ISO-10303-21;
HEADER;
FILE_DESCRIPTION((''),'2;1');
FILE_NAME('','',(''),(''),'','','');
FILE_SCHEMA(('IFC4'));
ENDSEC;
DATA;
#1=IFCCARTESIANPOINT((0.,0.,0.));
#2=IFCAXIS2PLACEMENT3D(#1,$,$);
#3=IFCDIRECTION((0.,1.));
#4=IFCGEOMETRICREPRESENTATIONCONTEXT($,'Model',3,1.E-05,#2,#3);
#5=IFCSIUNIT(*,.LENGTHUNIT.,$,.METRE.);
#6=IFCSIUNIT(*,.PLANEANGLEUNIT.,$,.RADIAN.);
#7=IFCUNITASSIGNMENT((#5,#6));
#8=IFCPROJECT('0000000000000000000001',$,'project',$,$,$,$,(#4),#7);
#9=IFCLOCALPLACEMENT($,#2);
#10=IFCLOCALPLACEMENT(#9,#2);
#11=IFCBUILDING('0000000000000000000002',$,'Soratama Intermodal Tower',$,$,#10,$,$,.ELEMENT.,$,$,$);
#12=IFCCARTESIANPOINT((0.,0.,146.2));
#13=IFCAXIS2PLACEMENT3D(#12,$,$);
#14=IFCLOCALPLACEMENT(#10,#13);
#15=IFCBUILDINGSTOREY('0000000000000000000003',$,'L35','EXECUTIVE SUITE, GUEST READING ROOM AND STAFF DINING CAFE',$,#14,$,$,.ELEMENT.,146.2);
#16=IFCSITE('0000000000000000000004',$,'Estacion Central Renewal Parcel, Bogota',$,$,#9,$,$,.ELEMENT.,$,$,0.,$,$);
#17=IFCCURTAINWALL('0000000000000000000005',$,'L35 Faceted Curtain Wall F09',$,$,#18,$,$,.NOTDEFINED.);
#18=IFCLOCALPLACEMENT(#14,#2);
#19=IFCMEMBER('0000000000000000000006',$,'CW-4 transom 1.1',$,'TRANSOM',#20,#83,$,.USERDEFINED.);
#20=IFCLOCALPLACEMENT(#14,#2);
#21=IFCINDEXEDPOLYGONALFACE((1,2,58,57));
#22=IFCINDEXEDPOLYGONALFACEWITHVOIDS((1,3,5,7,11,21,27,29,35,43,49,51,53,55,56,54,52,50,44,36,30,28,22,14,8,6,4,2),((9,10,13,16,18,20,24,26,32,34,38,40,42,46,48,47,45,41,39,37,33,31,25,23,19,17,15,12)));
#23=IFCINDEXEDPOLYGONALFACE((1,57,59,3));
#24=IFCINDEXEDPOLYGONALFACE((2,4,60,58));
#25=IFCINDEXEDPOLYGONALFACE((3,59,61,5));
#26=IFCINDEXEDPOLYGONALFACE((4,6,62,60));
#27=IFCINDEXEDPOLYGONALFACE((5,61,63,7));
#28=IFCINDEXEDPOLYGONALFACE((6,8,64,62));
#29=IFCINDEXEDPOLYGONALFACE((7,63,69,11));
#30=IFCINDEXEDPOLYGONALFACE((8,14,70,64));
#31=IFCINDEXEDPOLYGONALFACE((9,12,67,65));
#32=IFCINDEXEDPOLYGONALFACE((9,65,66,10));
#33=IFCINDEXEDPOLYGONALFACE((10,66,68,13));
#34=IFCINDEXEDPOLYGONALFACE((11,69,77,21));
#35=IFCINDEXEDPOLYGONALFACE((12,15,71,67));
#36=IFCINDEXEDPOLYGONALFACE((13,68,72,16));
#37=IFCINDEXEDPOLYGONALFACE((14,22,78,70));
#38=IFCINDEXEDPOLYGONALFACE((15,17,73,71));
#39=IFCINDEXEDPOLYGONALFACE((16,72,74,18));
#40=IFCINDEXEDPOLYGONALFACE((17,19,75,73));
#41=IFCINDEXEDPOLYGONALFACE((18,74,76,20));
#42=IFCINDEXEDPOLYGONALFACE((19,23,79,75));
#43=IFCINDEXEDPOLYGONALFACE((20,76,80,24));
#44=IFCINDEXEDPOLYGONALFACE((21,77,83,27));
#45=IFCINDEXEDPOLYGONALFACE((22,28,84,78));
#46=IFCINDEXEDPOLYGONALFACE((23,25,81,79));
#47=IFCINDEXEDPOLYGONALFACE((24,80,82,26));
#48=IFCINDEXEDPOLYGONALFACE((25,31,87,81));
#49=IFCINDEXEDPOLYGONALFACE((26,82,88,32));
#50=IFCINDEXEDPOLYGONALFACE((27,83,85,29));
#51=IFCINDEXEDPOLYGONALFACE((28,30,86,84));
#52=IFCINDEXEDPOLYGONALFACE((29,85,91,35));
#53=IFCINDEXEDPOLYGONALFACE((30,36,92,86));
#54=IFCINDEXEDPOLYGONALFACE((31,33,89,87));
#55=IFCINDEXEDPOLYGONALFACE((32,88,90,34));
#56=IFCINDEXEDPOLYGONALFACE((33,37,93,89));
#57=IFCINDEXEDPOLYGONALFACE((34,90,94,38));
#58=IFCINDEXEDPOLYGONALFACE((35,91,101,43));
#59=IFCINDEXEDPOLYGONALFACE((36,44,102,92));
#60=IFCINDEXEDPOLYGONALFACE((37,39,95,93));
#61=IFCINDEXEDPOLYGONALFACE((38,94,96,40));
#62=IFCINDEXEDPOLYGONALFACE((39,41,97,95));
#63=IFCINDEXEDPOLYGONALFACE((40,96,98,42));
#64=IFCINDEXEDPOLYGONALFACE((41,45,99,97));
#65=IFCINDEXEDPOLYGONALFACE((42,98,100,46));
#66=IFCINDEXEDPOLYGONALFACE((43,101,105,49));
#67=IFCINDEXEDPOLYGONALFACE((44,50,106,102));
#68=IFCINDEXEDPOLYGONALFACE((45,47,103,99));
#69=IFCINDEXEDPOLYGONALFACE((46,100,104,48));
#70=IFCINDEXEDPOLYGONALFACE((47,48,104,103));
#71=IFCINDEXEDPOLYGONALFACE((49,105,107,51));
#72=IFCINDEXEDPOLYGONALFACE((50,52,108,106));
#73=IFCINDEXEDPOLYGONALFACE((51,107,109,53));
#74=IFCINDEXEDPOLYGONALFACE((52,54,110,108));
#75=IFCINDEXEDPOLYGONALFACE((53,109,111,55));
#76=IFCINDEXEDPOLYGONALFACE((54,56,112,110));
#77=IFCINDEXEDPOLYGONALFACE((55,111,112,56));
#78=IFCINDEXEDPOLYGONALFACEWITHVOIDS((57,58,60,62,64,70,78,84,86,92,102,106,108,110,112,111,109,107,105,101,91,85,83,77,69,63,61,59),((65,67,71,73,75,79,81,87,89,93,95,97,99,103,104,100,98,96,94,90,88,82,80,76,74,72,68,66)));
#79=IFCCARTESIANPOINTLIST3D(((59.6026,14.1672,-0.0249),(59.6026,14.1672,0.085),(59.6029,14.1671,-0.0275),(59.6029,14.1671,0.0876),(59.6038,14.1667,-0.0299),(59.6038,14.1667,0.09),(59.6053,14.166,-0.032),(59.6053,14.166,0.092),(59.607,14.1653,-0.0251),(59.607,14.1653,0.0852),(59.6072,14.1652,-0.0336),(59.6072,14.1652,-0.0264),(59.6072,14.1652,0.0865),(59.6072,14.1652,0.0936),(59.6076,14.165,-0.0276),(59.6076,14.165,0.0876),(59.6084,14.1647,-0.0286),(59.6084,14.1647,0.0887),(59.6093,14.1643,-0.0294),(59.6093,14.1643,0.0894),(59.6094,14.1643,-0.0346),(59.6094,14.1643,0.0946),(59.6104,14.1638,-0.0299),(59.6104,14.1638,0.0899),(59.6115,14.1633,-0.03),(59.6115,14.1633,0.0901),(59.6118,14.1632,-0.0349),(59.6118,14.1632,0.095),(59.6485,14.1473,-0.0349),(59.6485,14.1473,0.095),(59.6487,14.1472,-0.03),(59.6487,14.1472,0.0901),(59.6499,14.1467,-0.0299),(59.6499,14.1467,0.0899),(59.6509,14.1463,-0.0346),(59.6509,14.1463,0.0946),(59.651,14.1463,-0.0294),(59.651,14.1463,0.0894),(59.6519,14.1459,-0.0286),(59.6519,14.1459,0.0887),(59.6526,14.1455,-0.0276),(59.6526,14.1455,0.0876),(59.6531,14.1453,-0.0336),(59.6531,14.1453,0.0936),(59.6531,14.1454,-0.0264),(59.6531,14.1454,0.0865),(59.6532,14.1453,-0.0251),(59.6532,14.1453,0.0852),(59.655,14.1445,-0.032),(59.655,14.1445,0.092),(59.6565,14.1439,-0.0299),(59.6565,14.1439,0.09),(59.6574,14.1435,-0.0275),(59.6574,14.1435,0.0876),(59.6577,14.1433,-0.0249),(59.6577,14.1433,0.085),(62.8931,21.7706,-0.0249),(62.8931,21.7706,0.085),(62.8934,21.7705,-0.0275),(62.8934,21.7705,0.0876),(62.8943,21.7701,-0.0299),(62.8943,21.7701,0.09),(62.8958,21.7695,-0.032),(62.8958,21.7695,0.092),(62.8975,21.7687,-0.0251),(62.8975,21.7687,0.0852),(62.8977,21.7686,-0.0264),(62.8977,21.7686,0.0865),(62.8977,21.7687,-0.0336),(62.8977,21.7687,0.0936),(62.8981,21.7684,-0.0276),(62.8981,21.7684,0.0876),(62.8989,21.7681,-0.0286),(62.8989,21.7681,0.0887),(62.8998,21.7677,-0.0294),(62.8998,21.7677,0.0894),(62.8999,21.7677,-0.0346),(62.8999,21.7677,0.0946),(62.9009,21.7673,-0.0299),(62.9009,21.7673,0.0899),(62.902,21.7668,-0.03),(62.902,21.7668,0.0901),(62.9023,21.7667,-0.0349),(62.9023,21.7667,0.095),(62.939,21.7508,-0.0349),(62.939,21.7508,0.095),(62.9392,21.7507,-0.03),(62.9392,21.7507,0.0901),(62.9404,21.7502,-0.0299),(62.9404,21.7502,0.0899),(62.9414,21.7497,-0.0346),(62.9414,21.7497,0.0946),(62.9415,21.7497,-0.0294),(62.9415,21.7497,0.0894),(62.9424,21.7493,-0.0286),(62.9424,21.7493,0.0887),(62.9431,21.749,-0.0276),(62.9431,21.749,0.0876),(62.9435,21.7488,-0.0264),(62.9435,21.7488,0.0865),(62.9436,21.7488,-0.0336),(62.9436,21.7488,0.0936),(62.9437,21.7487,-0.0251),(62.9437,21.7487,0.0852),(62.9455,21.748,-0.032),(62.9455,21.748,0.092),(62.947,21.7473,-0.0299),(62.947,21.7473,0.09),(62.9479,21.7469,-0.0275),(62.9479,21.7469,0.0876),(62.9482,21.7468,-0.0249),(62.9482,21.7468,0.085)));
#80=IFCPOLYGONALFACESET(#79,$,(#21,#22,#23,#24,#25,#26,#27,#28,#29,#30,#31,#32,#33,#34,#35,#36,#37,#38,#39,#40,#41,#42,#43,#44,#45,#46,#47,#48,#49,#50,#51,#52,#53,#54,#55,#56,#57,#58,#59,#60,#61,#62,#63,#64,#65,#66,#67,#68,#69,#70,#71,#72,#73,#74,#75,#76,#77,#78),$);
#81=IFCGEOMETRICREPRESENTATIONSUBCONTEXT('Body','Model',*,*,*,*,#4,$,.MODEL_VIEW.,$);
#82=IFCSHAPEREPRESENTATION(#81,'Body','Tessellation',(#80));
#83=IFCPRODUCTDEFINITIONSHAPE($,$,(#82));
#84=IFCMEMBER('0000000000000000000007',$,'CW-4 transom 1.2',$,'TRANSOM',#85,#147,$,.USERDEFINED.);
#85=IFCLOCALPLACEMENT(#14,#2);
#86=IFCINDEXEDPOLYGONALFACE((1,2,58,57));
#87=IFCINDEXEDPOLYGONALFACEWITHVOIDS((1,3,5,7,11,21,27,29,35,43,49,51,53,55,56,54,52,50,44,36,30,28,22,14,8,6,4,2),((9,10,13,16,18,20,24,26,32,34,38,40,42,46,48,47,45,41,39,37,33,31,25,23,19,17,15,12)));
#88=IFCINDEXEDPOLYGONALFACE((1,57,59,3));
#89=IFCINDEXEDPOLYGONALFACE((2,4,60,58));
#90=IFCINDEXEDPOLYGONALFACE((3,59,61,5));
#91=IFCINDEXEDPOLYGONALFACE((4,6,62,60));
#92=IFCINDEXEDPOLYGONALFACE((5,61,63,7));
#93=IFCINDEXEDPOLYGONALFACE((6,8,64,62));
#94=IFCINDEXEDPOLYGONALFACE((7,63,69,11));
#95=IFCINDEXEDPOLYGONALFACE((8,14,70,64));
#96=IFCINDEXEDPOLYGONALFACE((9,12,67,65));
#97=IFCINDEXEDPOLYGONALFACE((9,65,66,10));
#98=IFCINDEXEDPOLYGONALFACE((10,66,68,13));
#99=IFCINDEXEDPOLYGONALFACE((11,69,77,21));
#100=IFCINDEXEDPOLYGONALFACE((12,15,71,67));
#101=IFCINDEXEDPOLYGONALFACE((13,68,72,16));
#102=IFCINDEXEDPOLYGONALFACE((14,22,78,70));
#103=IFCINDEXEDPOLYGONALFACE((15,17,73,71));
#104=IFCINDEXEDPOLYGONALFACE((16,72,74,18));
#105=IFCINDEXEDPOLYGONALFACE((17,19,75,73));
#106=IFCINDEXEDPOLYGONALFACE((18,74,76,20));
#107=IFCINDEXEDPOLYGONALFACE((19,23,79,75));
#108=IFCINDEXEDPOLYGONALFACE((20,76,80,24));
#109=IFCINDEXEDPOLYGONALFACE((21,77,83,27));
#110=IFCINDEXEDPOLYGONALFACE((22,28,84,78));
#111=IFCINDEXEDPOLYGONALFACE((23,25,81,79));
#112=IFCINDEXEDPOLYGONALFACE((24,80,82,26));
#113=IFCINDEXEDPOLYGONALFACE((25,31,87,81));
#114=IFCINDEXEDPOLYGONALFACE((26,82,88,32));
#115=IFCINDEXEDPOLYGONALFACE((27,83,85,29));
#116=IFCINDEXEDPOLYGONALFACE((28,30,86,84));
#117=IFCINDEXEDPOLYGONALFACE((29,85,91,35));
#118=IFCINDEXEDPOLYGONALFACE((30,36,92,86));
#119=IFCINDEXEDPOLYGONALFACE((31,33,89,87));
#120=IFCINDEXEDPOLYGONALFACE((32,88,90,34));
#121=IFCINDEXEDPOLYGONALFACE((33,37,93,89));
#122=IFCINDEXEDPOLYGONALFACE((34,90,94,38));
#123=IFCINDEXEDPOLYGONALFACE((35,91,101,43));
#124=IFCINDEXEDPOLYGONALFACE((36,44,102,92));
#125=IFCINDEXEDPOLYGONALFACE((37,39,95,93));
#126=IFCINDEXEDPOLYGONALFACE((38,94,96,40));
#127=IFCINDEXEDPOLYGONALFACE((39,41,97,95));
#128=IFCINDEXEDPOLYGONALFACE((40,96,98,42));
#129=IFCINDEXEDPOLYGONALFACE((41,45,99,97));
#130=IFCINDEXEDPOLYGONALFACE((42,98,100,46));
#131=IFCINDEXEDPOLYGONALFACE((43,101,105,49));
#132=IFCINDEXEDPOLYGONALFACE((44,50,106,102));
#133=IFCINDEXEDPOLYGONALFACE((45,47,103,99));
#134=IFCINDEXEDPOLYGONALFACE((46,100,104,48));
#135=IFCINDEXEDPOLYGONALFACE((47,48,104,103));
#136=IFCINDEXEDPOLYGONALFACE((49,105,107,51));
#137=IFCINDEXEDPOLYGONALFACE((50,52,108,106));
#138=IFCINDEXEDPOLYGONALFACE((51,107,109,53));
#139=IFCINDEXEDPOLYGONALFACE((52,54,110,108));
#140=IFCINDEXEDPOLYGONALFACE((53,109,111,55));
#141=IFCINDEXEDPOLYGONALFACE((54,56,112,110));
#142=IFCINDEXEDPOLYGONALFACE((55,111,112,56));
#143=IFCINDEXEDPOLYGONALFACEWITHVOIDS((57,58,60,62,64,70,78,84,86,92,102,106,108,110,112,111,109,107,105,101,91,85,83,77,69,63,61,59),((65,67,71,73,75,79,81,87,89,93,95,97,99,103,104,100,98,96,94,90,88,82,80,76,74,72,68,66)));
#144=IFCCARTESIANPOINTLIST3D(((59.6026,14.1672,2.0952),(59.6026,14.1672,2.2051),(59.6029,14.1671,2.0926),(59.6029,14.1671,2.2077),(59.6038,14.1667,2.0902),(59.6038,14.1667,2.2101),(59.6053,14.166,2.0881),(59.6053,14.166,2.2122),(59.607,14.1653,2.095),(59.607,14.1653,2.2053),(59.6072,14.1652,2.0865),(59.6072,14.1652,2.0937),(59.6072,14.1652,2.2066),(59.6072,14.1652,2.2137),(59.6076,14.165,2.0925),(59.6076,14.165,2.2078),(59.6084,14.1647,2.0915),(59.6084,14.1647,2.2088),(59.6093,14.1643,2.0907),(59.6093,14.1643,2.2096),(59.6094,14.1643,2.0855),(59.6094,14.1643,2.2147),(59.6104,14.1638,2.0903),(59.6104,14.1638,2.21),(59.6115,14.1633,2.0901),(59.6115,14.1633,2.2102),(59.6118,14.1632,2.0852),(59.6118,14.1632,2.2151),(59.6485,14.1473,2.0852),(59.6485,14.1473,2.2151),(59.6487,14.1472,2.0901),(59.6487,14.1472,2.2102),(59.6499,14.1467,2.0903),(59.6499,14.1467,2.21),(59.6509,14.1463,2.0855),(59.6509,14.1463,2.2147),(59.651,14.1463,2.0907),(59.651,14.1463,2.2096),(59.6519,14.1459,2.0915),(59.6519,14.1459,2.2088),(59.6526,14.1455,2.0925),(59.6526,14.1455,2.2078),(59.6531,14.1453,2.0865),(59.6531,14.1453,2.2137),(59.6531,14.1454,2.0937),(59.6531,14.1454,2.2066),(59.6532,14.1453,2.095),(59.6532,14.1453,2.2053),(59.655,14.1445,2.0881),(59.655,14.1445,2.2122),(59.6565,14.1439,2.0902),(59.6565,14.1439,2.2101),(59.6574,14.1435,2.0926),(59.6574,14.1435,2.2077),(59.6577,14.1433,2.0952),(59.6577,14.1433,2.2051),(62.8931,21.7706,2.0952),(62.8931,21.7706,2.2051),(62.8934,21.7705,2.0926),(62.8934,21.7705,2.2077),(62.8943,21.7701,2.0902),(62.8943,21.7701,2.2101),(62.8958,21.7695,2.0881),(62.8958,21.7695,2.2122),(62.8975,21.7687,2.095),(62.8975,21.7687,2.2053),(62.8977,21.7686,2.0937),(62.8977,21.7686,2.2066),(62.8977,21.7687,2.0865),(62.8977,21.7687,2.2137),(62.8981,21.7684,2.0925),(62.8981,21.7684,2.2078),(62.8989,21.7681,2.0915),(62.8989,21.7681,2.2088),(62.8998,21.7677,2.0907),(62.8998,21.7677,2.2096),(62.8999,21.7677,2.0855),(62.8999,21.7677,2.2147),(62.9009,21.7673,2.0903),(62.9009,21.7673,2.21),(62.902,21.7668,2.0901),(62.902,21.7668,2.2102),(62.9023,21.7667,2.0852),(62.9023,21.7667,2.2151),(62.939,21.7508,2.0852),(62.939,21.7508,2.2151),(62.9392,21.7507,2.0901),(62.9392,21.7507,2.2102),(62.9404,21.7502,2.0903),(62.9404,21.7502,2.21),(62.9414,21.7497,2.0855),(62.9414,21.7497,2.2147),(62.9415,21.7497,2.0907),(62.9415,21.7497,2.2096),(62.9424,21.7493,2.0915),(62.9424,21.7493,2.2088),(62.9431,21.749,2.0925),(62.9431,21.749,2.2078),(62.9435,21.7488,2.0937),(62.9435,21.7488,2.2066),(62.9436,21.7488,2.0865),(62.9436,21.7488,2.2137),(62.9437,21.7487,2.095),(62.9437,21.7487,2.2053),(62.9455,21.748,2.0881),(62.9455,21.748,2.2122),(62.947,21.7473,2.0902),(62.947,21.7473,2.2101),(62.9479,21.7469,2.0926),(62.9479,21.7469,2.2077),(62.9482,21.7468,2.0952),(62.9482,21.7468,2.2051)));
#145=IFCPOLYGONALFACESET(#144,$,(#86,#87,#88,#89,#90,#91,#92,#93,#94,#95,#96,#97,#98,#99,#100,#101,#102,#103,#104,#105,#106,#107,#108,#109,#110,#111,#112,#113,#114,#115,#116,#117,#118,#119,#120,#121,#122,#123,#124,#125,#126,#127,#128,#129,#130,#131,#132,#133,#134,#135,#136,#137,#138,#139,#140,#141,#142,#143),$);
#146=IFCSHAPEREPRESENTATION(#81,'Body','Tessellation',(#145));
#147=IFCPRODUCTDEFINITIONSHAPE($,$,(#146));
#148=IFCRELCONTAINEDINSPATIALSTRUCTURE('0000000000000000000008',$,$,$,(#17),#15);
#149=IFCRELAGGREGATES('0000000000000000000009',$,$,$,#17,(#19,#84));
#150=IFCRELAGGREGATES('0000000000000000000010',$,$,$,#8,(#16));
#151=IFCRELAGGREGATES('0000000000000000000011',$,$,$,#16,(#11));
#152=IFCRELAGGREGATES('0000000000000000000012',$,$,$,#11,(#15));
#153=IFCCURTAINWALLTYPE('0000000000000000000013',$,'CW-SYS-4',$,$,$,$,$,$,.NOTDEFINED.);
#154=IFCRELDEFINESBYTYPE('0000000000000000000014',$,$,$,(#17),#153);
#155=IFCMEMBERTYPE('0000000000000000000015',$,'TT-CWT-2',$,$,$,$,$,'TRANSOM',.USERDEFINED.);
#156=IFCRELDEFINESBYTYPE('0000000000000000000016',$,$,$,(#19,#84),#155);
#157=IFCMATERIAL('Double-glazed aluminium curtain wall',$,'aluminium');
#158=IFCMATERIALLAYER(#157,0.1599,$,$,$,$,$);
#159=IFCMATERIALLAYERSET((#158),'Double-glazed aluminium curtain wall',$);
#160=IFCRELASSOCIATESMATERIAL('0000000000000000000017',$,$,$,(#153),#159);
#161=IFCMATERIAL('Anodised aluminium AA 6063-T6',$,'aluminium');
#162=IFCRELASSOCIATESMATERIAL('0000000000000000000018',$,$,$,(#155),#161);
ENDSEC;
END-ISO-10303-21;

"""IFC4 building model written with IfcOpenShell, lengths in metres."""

from ifc_helpers import new_model, si_unit, direction, frame, origin, origin_2d, place, context, subcontext, project, spatial, hollow_rectangle, extrude, material, layer, layer_set, material_profile, profile_set, type_object, element, aggregate, save


model = new_model("IFC4")

# Units and contexts
model_context = context("Model", 3, precision=1e-05, world=origin(), true_north=direction((0.0, 1.0)))
body_context = subcontext(model_context, "Body", "Model", "MODEL_VIEW")
ifc_project = project(units=[si_unit("LENGTHUNIT", "METRE"), si_unit("PLANEANGLEUNIT", "RADIAN")], contexts=[model_context])

# Site, building, storey
site_placement = place(None, origin())
site = spatial("IfcSite", under=ifc_project, at=site_placement, Name="Estacion Central Renewal Parcel, Bogota", CompositionType="ELEMENT", RefElevation=0.0)
building_placement = place(site_placement, origin())
building = spatial("IfcBuilding", under=site, at=building_placement, Name="Soratama Intermodal Tower", CompositionType="ELEMENT")
storey_placement = place(building_placement, frame((0.0, 0.0, 146.2)))
storey = spatial("IfcBuildingStorey", under=building, at=storey_placement, Name="L35", Description="EXECUTIVE SUITE, GUEST READING ROOM AND STAFF DINING CAFE", CompositionType="ELEMENT", Elevation=146.2)

# Shared definitions
ifc_material_1 = material(Name="Double-glazed aluminium curtain wall", Category="aluminium")
ifc_layer_1 = layer(ifc_material_1, 0.1599)
ifc_layer_set_1 = layer_set([ifc_layer_1], Name="Double-glazed aluminium curtain wall")
curtain_wall_type = type_object("IfcCurtainWallType", Name="CW-SYS-4", PredefinedType="NOTDEFINED", material=ifc_layer_set_1)

# Curtain wall, members
curtain_wall_1_placement = place(storey_placement, origin())
curtain_wall_1 = element("IfcCurtainWall", 1, at=curtain_wall_1_placement, inside=storey, type_object=curtain_wall_type, Name="L35 Faceted Curtain Wall F09", PredefinedType="NOTDEFINED")
ifc_material_2 = material(Name="Anodised aluminium AA 6063-T6", Category="aluminium")
ifc_material_profile_1 = material_profile(ifc_material_2, hollow_rectangle(XDim=0.0601, YDim=0.1299, WallThickness=0.0049, InnerFilletRadius=0.0049, OuterFilletRadius=0.01, at=origin_2d()), Name="CWT130X60X5")
ifc_profile_set_1 = profile_set([ifc_material_profile_1], Name="Anodised aluminium AA 6063-T6")
member_type_1 = type_object("IfcMemberType", Name="TT-CWT-2", ElementType="TRANSOM", PredefinedType="USERDEFINED", material=ifc_profile_set_1)
member_1_placement = place(storey_placement, frame((59.6301, 14.1553, 0.03), z_axis=(0.397167, 0.917746, 0.0), x_axis=(-0.917746, 0.397167, 0.0)))
member_1 = element("IfcMember", 2, at=member_1_placement, type_object=member_type_1, Name="CW-4 transom 1.1", ObjectType="TRANSOM", PredefinedType="USERDEFINED", context=body_context, shape_type="SweptSolid", body=[
    extrude(hollow_rectangle(XDim=0.0601, YDim=0.1299, WallThickness=0.0049, InnerFilletRadius=0.0049, OuterFilletRadius=0.01, at=origin_2d()), origin(), (0.0, 0.0, 1.0), 8.2849),
])
member_2_placement = place(storey_placement, frame((59.6301, 14.1553, 2.1501), z_axis=(0.397167, 0.917746, 0.0), x_axis=(-0.917746, 0.397167, 0.0)))
member_2 = element("IfcMember", 3, at=member_2_placement, type_object=member_type_1, Name="CW-4 transom 1.2", ObjectType="TRANSOM", PredefinedType="USERDEFINED", context=body_context, shape_type="SweptSolid", body=[
    extrude(hollow_rectangle(XDim=0.0601, YDim=0.1299, WallThickness=0.0049, InnerFilletRadius=0.0049, OuterFilletRadius=0.01, at=origin_2d()), origin(), (0.0, 0.0, 1.0), 8.2849),
])
aggregate(curtain_wall_1, [member_1, member_2])

save(model, "model.ifc")
